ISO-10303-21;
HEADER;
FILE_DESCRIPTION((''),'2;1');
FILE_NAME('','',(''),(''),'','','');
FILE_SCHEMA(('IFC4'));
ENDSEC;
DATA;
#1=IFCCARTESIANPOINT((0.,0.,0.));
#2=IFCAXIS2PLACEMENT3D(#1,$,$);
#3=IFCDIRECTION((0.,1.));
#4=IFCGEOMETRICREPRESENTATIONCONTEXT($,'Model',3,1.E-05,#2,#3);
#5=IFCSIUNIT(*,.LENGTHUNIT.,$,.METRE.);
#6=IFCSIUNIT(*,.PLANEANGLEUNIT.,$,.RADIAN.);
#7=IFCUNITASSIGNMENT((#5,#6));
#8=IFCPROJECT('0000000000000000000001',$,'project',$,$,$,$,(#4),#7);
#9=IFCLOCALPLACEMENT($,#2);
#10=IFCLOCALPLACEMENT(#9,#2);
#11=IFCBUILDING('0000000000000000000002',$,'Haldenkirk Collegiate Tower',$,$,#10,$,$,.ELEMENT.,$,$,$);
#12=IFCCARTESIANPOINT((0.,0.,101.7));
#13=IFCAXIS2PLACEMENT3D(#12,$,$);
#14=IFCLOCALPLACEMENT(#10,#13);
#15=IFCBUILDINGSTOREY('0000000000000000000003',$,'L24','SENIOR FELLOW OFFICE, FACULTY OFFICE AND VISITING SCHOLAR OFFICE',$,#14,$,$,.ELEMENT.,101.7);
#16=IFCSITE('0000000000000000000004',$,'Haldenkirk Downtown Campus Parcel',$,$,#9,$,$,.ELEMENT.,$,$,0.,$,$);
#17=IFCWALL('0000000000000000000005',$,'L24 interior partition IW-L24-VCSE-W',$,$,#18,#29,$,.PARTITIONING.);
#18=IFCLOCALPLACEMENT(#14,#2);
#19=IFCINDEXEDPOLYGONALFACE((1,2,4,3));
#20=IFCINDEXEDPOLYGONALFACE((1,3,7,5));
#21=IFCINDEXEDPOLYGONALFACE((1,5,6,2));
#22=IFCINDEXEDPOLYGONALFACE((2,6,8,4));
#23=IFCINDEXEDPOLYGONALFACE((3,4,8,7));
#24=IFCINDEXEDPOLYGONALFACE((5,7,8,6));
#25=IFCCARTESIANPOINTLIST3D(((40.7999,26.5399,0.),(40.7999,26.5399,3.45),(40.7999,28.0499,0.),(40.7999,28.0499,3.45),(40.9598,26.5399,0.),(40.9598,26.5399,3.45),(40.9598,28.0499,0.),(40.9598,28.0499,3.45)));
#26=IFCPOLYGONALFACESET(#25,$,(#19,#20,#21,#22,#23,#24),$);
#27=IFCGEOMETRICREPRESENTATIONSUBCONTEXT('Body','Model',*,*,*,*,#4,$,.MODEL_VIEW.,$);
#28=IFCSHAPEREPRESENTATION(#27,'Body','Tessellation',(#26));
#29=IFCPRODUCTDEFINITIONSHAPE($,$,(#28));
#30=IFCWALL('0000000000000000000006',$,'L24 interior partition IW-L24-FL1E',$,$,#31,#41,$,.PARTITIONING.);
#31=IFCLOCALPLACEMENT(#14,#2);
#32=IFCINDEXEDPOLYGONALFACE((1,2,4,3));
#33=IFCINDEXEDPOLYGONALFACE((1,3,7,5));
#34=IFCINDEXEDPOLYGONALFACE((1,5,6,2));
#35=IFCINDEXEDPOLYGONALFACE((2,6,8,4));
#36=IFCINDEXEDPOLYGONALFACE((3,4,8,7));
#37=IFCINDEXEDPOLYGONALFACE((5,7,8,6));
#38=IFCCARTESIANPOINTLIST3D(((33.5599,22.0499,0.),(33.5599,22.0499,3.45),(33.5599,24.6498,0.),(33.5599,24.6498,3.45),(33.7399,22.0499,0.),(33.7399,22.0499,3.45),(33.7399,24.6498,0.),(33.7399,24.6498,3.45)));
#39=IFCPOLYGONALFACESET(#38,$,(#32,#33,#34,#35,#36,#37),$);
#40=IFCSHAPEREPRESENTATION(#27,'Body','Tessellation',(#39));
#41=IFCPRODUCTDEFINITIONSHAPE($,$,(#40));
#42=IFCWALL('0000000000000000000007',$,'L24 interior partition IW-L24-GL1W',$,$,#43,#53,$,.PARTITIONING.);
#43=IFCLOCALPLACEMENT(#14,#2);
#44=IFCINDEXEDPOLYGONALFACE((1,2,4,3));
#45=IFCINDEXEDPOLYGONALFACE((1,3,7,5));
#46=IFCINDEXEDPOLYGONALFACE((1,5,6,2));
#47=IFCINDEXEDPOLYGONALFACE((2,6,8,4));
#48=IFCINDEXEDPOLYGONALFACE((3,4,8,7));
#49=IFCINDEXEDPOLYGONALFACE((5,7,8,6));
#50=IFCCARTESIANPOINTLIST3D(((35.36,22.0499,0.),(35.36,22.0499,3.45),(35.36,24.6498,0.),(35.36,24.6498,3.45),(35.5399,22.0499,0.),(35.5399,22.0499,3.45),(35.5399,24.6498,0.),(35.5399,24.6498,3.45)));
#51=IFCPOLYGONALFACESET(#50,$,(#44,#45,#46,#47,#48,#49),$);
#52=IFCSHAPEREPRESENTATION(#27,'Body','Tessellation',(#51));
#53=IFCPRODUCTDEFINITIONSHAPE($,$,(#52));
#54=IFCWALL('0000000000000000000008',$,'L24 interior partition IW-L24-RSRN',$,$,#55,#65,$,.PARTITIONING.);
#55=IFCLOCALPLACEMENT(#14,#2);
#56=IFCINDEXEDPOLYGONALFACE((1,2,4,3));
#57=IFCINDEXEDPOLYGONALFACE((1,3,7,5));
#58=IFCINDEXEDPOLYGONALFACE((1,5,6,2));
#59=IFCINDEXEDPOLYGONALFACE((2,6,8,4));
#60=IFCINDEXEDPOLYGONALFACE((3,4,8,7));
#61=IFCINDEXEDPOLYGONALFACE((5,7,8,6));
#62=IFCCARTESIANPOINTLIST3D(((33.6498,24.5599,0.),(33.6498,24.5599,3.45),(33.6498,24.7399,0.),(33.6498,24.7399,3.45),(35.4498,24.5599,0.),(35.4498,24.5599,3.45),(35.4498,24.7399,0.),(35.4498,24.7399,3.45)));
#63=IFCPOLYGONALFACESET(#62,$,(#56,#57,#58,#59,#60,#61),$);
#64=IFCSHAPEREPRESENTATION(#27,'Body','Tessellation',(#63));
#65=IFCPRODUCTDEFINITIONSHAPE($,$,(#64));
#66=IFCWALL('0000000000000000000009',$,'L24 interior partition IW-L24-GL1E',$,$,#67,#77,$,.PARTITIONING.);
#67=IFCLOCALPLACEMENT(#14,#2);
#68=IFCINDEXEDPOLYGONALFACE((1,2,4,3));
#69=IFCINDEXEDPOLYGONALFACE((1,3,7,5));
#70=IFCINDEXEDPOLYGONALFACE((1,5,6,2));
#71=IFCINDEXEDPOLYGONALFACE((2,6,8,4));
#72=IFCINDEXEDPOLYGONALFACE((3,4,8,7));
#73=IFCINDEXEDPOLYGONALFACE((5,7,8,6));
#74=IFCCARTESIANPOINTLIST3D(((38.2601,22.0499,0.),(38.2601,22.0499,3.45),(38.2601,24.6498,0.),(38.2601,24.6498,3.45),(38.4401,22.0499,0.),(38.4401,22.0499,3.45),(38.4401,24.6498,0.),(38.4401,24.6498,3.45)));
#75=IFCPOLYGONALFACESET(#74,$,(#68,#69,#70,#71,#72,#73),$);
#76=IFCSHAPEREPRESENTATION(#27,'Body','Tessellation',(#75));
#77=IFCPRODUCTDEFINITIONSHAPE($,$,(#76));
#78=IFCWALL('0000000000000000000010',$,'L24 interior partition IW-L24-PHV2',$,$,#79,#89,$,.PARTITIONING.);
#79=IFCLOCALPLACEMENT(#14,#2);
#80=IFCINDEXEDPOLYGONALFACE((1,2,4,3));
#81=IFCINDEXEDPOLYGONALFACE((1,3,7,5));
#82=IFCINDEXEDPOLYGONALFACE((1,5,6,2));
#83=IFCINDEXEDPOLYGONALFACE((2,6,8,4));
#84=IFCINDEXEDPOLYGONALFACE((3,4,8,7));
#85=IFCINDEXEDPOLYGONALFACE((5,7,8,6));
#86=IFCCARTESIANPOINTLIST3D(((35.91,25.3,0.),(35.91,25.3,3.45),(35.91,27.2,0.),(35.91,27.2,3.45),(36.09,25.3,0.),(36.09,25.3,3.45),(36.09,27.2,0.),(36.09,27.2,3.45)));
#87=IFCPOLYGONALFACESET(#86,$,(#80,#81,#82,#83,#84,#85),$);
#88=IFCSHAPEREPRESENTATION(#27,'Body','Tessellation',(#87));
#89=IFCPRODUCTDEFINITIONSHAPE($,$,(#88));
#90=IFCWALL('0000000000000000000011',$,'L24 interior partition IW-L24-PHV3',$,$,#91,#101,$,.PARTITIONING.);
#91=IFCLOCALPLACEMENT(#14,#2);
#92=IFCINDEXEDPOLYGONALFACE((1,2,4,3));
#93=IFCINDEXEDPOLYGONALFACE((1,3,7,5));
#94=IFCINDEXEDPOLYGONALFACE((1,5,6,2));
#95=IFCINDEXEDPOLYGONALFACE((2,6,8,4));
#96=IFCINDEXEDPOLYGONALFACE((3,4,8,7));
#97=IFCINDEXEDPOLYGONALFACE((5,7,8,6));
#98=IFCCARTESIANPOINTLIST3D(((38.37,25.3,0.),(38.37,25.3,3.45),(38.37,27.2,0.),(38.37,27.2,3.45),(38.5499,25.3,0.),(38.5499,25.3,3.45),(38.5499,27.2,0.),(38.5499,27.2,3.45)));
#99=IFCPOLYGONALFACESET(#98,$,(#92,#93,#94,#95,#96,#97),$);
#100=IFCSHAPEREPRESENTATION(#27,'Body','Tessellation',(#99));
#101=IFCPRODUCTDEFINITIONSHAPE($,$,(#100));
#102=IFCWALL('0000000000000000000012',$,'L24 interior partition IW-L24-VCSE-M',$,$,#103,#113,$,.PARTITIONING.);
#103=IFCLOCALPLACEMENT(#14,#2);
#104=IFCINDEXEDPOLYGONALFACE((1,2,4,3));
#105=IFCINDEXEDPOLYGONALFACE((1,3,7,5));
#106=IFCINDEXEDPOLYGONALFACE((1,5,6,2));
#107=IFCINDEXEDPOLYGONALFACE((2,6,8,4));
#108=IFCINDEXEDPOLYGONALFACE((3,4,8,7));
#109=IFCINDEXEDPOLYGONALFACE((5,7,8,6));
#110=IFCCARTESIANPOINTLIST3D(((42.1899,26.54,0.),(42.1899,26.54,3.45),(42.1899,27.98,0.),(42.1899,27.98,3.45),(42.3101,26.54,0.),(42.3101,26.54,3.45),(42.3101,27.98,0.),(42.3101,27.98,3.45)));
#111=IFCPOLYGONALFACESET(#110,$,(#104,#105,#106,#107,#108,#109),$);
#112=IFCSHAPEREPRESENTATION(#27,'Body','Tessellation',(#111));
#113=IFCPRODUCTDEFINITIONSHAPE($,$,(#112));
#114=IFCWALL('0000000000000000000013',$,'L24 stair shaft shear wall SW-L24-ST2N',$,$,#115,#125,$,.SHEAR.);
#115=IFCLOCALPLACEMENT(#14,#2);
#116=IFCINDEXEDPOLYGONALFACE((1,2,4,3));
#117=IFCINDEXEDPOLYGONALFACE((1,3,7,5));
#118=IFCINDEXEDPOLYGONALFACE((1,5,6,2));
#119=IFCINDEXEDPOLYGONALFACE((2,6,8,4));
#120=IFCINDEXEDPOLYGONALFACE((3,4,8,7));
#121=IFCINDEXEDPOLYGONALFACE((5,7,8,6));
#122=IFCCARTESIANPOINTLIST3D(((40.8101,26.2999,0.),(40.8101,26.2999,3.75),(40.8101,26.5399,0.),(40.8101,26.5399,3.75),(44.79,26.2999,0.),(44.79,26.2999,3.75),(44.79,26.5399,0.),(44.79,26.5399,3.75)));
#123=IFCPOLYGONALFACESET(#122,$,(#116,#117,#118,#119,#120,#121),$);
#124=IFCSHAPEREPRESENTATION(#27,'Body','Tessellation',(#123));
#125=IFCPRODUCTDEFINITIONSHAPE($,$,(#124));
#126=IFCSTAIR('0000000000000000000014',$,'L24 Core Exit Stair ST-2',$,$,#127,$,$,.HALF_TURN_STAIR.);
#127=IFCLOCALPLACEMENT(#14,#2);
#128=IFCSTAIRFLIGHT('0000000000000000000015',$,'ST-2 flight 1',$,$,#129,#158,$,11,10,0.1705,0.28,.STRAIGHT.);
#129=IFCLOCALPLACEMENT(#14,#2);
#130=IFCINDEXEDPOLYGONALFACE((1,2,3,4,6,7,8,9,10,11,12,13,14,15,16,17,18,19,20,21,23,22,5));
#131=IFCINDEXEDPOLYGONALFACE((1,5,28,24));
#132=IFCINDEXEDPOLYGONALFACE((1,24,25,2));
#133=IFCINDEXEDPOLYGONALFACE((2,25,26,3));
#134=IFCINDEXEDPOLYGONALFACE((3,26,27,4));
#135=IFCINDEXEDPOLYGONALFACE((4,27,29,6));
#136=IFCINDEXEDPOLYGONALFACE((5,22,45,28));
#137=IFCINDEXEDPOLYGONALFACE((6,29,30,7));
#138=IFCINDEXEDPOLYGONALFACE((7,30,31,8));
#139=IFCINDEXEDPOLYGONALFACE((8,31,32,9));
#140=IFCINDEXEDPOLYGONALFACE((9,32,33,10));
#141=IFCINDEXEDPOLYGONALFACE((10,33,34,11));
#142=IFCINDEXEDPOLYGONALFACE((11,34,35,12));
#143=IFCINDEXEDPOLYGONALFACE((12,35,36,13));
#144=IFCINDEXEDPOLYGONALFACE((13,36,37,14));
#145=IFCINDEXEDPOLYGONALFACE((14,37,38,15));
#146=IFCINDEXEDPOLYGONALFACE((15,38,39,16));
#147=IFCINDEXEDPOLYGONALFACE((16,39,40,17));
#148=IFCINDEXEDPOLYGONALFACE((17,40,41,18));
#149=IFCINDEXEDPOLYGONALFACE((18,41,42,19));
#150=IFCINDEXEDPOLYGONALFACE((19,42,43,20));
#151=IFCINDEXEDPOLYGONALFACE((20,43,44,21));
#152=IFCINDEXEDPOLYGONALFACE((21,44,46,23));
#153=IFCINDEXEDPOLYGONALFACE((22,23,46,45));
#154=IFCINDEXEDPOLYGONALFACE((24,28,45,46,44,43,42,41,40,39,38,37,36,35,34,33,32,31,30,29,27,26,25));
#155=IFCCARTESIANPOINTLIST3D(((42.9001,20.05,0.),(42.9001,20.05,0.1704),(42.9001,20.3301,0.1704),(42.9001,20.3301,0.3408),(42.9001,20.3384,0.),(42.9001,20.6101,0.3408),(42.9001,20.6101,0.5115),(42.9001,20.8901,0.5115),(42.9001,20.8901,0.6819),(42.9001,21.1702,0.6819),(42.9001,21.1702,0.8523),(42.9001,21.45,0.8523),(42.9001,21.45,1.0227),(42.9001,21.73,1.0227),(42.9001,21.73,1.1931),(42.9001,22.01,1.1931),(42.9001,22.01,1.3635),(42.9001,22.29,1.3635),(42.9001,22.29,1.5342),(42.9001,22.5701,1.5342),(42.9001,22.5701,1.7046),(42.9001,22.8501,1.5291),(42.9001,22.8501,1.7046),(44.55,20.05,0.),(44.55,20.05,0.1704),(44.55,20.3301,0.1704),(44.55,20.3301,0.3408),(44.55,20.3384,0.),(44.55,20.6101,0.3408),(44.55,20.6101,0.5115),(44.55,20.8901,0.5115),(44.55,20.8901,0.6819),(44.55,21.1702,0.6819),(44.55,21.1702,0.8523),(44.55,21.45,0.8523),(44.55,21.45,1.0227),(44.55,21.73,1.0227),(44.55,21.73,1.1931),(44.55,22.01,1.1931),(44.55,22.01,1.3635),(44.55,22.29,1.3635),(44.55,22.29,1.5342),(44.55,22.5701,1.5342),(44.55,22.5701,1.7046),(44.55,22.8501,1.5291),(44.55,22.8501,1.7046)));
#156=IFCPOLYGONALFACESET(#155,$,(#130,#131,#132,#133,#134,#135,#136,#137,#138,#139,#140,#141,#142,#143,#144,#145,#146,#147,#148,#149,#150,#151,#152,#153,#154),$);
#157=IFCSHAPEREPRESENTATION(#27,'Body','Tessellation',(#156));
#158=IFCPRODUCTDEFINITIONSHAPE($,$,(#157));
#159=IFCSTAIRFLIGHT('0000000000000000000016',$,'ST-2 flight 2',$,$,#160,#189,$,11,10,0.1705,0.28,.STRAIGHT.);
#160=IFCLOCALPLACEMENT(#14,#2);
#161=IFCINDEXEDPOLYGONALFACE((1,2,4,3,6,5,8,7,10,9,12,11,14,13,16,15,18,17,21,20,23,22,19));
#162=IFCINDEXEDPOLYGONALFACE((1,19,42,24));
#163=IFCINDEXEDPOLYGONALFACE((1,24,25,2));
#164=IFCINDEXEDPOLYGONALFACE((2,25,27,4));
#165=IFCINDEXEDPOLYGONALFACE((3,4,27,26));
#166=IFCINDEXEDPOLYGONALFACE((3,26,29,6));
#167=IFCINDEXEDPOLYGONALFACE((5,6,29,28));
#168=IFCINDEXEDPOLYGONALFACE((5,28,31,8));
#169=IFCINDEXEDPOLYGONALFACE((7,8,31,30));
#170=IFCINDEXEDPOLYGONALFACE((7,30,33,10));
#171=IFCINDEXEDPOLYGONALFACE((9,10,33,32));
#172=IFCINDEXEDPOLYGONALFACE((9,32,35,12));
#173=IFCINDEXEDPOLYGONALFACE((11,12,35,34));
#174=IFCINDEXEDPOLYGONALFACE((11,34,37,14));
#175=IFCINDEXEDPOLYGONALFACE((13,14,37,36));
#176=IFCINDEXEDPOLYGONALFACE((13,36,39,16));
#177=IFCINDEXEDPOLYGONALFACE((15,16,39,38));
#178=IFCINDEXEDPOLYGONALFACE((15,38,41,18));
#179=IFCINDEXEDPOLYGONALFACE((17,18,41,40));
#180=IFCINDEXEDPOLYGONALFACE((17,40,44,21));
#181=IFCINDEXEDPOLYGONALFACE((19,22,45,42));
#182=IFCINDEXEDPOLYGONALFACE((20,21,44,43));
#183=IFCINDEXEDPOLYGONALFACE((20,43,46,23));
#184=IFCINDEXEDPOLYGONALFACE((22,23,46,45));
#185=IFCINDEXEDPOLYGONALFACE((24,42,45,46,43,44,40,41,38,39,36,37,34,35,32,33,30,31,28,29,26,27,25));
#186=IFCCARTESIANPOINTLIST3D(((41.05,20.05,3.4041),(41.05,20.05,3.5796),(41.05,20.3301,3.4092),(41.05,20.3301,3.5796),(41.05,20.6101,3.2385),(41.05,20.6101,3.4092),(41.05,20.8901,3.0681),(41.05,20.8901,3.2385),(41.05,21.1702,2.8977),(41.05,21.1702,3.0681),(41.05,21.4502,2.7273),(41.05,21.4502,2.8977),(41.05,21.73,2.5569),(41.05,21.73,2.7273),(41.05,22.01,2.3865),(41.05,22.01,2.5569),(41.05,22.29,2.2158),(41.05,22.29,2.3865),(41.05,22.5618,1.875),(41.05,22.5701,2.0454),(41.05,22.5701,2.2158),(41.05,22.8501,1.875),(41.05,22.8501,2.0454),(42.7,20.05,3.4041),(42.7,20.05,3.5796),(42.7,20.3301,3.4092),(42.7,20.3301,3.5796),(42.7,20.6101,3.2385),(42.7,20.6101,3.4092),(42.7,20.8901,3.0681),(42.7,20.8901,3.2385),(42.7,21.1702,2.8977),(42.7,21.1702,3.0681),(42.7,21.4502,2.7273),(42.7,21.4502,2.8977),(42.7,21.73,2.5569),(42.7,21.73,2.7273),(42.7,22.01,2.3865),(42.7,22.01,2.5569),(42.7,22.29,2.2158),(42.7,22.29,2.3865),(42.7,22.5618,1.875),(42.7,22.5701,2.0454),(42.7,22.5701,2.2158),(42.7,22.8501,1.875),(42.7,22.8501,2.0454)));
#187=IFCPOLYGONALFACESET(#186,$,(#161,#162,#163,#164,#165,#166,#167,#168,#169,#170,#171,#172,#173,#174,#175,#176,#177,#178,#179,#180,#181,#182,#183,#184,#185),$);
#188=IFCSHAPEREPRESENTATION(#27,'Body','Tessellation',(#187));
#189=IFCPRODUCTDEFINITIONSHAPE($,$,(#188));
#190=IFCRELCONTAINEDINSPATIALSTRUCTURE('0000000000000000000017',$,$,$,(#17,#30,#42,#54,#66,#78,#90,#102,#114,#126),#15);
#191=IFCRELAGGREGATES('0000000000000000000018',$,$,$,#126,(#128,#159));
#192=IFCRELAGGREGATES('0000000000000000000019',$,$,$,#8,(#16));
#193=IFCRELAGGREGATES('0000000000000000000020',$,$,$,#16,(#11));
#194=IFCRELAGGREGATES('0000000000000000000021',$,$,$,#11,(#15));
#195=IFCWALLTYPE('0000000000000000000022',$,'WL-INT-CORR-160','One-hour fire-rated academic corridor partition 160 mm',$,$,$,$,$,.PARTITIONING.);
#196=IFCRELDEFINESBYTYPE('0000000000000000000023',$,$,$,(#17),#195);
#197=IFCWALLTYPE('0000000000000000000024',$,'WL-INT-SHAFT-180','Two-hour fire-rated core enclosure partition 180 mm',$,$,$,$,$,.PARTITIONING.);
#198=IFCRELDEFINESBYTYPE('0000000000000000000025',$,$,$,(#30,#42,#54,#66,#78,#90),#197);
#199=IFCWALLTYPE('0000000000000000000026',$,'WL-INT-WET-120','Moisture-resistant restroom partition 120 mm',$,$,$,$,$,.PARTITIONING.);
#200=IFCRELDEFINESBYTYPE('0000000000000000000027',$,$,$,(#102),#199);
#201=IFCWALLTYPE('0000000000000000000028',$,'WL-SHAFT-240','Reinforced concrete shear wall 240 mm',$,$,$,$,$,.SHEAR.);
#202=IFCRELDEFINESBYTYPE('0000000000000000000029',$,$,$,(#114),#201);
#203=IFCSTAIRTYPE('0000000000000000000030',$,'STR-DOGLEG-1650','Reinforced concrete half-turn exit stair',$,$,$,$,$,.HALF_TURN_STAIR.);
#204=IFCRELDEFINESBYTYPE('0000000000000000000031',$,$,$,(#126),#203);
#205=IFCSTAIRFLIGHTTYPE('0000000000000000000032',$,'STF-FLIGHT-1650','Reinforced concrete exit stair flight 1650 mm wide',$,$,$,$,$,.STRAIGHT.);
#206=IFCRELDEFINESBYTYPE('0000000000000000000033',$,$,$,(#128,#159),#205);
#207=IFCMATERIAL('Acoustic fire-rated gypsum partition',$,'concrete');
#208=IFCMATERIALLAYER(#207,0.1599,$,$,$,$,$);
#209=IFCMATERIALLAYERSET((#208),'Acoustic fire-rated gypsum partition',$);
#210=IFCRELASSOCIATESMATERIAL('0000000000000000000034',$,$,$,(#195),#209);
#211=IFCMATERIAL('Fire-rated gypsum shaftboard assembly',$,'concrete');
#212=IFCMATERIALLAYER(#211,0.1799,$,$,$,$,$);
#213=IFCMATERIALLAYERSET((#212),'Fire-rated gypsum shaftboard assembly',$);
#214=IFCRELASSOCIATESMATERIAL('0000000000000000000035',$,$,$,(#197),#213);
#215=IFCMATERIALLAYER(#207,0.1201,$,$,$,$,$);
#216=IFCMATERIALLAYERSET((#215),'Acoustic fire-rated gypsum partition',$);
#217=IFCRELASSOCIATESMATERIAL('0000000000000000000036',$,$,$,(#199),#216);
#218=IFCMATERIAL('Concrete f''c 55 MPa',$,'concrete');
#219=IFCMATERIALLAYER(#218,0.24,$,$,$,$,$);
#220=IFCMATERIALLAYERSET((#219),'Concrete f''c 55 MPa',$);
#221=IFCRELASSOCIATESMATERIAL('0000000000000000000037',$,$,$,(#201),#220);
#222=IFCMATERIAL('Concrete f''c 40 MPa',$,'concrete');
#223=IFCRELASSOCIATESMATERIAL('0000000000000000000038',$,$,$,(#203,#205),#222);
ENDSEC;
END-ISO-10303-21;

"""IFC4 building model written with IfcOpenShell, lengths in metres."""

from ifc_helpers import new_model, si_unit, direction, frame, frame_2d, origin, place, context, subcontext, project, spatial, polyline, rectangle, outline, extrude, material, layer, layer_set, type_object, element, aggregate, save


model = new_model("IFC4")

# Units and contexts
model_context = context("Model", 3, precision=1e-05, world=origin(), true_north=direction((0.0, 1.0)))
body_context = subcontext(model_context, "Body", "Model", "MODEL_VIEW")
ifc_project = project(units=[si_unit("LENGTHUNIT", "METRE"), si_unit("PLANEANGLEUNIT", "RADIAN")], contexts=[model_context])

# Site, building, storey
site_placement = place(None, origin())
site = spatial("IfcSite", under=ifc_project, at=site_placement, Name="Haldenkirk Downtown Campus Parcel", CompositionType="ELEMENT", RefElevation=0.0)
building_placement = place(site_placement, origin())
building = spatial("IfcBuilding", under=site, at=building_placement, Name="Haldenkirk Collegiate Tower", CompositionType="ELEMENT")
storey_placement = place(building_placement, frame((0.0, 0.0, 101.7)))
storey = spatial("IfcBuildingStorey", under=building, at=storey_placement, Name="L24", Description="SENIOR FELLOW OFFICE, FACULTY OFFICE AND VISITING SCHOLAR OFFICE", CompositionType="ELEMENT", Elevation=101.7)

# Walls
ifc_material_1 = material(Name="Acoustic fire-rated gypsum partition", Category="concrete")
ifc_layer_1 = layer(ifc_material_1, 0.1599)
ifc_layer_set_1 = layer_set([ifc_layer_1], Name="Acoustic fire-rated gypsum partition")
wall_type_1 = type_object("IfcWallType", Name="WL-INT-CORR-160", Description="One-hour fire-rated academic corridor partition 160 mm", PredefinedType="PARTITIONING", material=ifc_layer_set_1)
wall_1_placement = place(storey_placement, frame((40.8799, 26.54, 0.0), z_axis=(0.0, 0.0, 1.0), x_axis=(0.0, 1.0, 0.0)))
element("IfcWall", 1, at=wall_1_placement, inside=storey, type_object=wall_type_1, Name="L24 interior partition IW-L24-VCSE-W", PredefinedType="PARTITIONING", context=body_context, shape_type="SweptSolid", body=[
    extrude(rectangle(XDim=1.51, YDim=0.1599, at=frame_2d((0.7549, 0.0))), origin(), (0.0, 0.0, 1.0), 3.45),
])
ifc_material_2 = material(Name="Fire-rated gypsum shaftboard assembly", Category="concrete")
ifc_layer_2 = layer(ifc_material_2, 0.1799)
ifc_layer_set_2 = layer_set([ifc_layer_2], Name="Fire-rated gypsum shaftboard assembly")
wall_type_2 = type_object("IfcWallType", Name="WL-INT-SHAFT-180", Description="Two-hour fire-rated core enclosure partition 180 mm", PredefinedType="PARTITIONING", material=ifc_layer_set_2)
for number, where, z_axis, x_axis, name in (
    (2, (33.6499, 22.05, 0.0), (0.0, 0.0, 1.0), (0.0, 1.0, 0.0), "L24 interior partition IW-L24-FL1E"),
    (3, (35.45, 22.05, 0.0), (0.0, 0.0, 1.0), (0.0, 1.0, 0.0), "L24 interior partition IW-L24-GL1W"),
):
    element("IfcWall", number, at=place(storey_placement, frame(where, z_axis=z_axis, x_axis=x_axis)), inside=storey, type_object=wall_type_2, Name=name, PredefinedType="PARTITIONING", context=body_context, shape_type="SweptSolid", body=[
        extrude(rectangle(XDim=2.5999, YDim=0.1799, at=frame_2d((1.2998, 0.0))), origin(), (0.0, 0.0, 1.0), 3.45),
    ])
wall_2_placement = place(storey_placement, frame((33.6499, 24.6499, 0.0), z_axis=(0.0, 0.0, 1.0), x_axis=(1.0, 0.0, 0.0)))
element("IfcWall", 4, at=wall_2_placement, inside=storey, type_object=wall_type_2, Name="L24 interior partition IW-L24-RSRN", PredefinedType="PARTITIONING", context=body_context, shape_type="SweptSolid", body=[
    extrude(rectangle(XDim=1.8, YDim=0.1799, at=frame_2d((0.8999, 0.0))), origin(), (0.0, 0.0, 1.0), 3.45),
])
wall_3_placement = place(storey_placement, frame((38.3501, 22.05, 0.0), z_axis=(0.0, 0.0, 1.0), x_axis=(0.0, 1.0, 0.0)))
element("IfcWall", 5, at=wall_3_placement, inside=storey, type_object=wall_type_2, Name="L24 interior partition IW-L24-GL1E", PredefinedType="PARTITIONING", context=body_context, shape_type="SweptSolid", body=[
    extrude(rectangle(XDim=2.5999, YDim=0.1799, at=frame_2d((1.2998, 0.0))), origin(), (0.0, 0.0, 1.0), 3.45),
])
for number, where, z_axis, x_axis, name in (
    (6, (36.0, 25.3, 0.0), (0.0, 0.0, 1.0), (0.0, 1.0, 0.0), "L24 interior partition IW-L24-PHV2"),
    (7, (38.46, 25.3, 0.0), (0.0, 0.0, 1.0), (0.0, 1.0, 0.0), "L24 interior partition IW-L24-PHV3"),
):
    element("IfcWall", number, at=place(storey_placement, frame(where, z_axis=z_axis, x_axis=x_axis)), inside=storey, type_object=wall_type_2, Name=name, PredefinedType="PARTITIONING", context=body_context, shape_type="SweptSolid", body=[
        extrude(rectangle(XDim=1.8999, YDim=0.1799, at=frame_2d((0.95, 0.0))), origin(), (0.0, 0.0, 1.0), 3.45),
    ])

# Walls
ifc_layer_3 = layer(ifc_material_1, 0.1201)
ifc_layer_set_3 = layer_set([ifc_layer_3], Name="Acoustic fire-rated gypsum partition")
wall_type_3 = type_object("IfcWallType", Name="WL-INT-WET-120", Description="Moisture-resistant restroom partition 120 mm", PredefinedType="PARTITIONING", material=ifc_layer_set_3)
wall_4_placement = place(storey_placement, frame((42.25, 26.54, 0.0), z_axis=(0.0, 0.0, 1.0), x_axis=(0.0, 1.0, 0.0)))
element("IfcWall", 8, at=wall_4_placement, inside=storey, type_object=wall_type_3, Name="L24 interior partition IW-L24-VCSE-M", PredefinedType="PARTITIONING", context=body_context, shape_type="SweptSolid", body=[
    extrude(rectangle(XDim=1.4399, YDim=0.1201, at=frame_2d((0.72, 0.0))), origin(), (0.0, 0.0, 1.0), 3.45),
])
ifc_material_3 = material(Name="Concrete f'c 55 MPa", Category="concrete")
ifc_layer_4 = layer(ifc_material_3, 0.24)
ifc_layer_set_4 = layer_set([ifc_layer_4], Name="Concrete f'c 55 MPa")
wall_type_4 = type_object("IfcWallType", Name="WL-SHAFT-240", Description="Reinforced concrete shear wall 240 mm", PredefinedType="SHEAR", material=ifc_layer_set_4)
wall_5_placement = place(storey_placement, frame((40.8101, 26.4199, 0.0), z_axis=(0.0, 0.0, 1.0), x_axis=(1.0, 0.0, 0.0)))
element("IfcWall", 9, at=wall_5_placement, inside=storey, type_object=wall_type_4, Name="L24 stair shaft shear wall SW-L24-ST2N", PredefinedType="SHEAR", context=body_context, shape_type="SweptSolid", body=[
    extrude(rectangle(XDim=3.98, YDim=0.24, at=frame_2d((1.99, 0.0))), origin(), (0.0, 0.0, 1.0), 3.75),
])

# Stair, stair flights
ifc_material_4 = material(Name="Concrete f'c 40 MPa", Category="concrete")
stair_type = type_object("IfcStairType", Name="STR-DOGLEG-1650", Description="Reinforced concrete half-turn exit stair", PredefinedType="HALF_TURN_STAIR", material=ifc_material_4)
stair_placement = place(storey_placement, origin())
stair = element("IfcStair", 10, at=stair_placement, inside=storey, type_object=stair_type, Name="L24 Core Exit Stair ST-2", PredefinedType="HALF_TURN_STAIR")
stair_flight_type = type_object("IfcStairFlightType", Name="STF-FLIGHT-1650", Description="Reinforced concrete exit stair flight 1650 mm wide", PredefinedType="STRAIGHT", material=ifc_material_4)
stair_flight_1_placement = place(storey_placement, frame((43.7251, 20.05, 0.0), z_axis=(0.0, 0.0, 1.0), x_axis=(0.0, 1.0, 0.0)))
stair_flight_1 = element("IfcStairFlight", 11, at=stair_flight_1_placement, type_object=stair_flight_type, Name="ST-2 flight 1", NumberOfRisers=11, NumberOfTreads=10, PredefinedType="STRAIGHT", RiserHeight=0.1705, TreadLength=0.28, context=body_context, shape_type="SweptSolid", body=[
    extrude(outline(polyline([(0.0, 0.0), (0.0, 0.1704), (0.28, 0.1704), (0.28, 0.3408), (0.5601, 0.3408), (0.5601, 0.5115), (0.8401, 0.5115), (0.8401, 0.6819), (1.1201, 0.6819), (1.1201, 0.8523), (1.3999, 0.8523), (1.3999, 1.0227), (1.6799, 1.0227), (1.6799, 1.1931), (1.96, 1.1931), (1.96, 1.3635), (2.24, 1.3635), (2.24, 1.5342), (2.52, 1.5342), (2.52, 1.7046), (2.8, 1.7046), (2.8, 1.875), (2.8, 1.5291), (0.2883, 0.0), (0.0, 0.0)])), frame((0.0, 0.825, 0.0), z_axis=(0.0, -1.0, 0.0), x_axis=(1.0, 0.0, 0.0)), (0.0, 0.0, 1.0), 1.6499),
])
stair_flight_2_placement = place(storey_placement, frame((41.875, 22.8501, 1.875), z_axis=(0.0, 0.0, 1.0), x_axis=(0.0, -1.0, 0.0)))
stair_flight_2 = element("IfcStairFlight", 12, at=stair_flight_2_placement, type_object=stair_flight_type, Name="ST-2 flight 2", NumberOfRisers=11, NumberOfTreads=10, PredefinedType="STRAIGHT", RiserHeight=0.1705, TreadLength=0.28, context=body_context, shape_type="SweptSolid", body=[
    extrude(outline(polyline([(0.0, 0.0), (0.0, 0.1704), (0.28, 0.1704), (0.28, 0.3408), (0.5601, 0.3408), (0.5601, 0.5115), (0.8401, 0.5115), (0.8401, 0.6819), (1.1201, 0.6819), (1.1201, 0.8523), (1.3999, 0.8523), (1.3999, 1.0227), (1.6799, 1.0227), (1.6799, 1.1931), (1.96, 1.1931), (1.96, 1.3635), (2.24, 1.3635), (2.24, 1.5342), (2.52, 1.5342), (2.52, 1.7046), (2.8, 1.7046), (2.8, 1.875), (2.8, 1.5291), (0.2883, 0.0), (0.0, 0.0)])), frame((0.0, 0.825, 0.0), z_axis=(0.0, -1.0, 0.0), x_axis=(1.0, 0.0, 0.0)), (0.0, 0.0, 1.0), 1.6499),
])
aggregate(stair, [stair_flight_1, stair_flight_2])

save(model, "model.ifc")
